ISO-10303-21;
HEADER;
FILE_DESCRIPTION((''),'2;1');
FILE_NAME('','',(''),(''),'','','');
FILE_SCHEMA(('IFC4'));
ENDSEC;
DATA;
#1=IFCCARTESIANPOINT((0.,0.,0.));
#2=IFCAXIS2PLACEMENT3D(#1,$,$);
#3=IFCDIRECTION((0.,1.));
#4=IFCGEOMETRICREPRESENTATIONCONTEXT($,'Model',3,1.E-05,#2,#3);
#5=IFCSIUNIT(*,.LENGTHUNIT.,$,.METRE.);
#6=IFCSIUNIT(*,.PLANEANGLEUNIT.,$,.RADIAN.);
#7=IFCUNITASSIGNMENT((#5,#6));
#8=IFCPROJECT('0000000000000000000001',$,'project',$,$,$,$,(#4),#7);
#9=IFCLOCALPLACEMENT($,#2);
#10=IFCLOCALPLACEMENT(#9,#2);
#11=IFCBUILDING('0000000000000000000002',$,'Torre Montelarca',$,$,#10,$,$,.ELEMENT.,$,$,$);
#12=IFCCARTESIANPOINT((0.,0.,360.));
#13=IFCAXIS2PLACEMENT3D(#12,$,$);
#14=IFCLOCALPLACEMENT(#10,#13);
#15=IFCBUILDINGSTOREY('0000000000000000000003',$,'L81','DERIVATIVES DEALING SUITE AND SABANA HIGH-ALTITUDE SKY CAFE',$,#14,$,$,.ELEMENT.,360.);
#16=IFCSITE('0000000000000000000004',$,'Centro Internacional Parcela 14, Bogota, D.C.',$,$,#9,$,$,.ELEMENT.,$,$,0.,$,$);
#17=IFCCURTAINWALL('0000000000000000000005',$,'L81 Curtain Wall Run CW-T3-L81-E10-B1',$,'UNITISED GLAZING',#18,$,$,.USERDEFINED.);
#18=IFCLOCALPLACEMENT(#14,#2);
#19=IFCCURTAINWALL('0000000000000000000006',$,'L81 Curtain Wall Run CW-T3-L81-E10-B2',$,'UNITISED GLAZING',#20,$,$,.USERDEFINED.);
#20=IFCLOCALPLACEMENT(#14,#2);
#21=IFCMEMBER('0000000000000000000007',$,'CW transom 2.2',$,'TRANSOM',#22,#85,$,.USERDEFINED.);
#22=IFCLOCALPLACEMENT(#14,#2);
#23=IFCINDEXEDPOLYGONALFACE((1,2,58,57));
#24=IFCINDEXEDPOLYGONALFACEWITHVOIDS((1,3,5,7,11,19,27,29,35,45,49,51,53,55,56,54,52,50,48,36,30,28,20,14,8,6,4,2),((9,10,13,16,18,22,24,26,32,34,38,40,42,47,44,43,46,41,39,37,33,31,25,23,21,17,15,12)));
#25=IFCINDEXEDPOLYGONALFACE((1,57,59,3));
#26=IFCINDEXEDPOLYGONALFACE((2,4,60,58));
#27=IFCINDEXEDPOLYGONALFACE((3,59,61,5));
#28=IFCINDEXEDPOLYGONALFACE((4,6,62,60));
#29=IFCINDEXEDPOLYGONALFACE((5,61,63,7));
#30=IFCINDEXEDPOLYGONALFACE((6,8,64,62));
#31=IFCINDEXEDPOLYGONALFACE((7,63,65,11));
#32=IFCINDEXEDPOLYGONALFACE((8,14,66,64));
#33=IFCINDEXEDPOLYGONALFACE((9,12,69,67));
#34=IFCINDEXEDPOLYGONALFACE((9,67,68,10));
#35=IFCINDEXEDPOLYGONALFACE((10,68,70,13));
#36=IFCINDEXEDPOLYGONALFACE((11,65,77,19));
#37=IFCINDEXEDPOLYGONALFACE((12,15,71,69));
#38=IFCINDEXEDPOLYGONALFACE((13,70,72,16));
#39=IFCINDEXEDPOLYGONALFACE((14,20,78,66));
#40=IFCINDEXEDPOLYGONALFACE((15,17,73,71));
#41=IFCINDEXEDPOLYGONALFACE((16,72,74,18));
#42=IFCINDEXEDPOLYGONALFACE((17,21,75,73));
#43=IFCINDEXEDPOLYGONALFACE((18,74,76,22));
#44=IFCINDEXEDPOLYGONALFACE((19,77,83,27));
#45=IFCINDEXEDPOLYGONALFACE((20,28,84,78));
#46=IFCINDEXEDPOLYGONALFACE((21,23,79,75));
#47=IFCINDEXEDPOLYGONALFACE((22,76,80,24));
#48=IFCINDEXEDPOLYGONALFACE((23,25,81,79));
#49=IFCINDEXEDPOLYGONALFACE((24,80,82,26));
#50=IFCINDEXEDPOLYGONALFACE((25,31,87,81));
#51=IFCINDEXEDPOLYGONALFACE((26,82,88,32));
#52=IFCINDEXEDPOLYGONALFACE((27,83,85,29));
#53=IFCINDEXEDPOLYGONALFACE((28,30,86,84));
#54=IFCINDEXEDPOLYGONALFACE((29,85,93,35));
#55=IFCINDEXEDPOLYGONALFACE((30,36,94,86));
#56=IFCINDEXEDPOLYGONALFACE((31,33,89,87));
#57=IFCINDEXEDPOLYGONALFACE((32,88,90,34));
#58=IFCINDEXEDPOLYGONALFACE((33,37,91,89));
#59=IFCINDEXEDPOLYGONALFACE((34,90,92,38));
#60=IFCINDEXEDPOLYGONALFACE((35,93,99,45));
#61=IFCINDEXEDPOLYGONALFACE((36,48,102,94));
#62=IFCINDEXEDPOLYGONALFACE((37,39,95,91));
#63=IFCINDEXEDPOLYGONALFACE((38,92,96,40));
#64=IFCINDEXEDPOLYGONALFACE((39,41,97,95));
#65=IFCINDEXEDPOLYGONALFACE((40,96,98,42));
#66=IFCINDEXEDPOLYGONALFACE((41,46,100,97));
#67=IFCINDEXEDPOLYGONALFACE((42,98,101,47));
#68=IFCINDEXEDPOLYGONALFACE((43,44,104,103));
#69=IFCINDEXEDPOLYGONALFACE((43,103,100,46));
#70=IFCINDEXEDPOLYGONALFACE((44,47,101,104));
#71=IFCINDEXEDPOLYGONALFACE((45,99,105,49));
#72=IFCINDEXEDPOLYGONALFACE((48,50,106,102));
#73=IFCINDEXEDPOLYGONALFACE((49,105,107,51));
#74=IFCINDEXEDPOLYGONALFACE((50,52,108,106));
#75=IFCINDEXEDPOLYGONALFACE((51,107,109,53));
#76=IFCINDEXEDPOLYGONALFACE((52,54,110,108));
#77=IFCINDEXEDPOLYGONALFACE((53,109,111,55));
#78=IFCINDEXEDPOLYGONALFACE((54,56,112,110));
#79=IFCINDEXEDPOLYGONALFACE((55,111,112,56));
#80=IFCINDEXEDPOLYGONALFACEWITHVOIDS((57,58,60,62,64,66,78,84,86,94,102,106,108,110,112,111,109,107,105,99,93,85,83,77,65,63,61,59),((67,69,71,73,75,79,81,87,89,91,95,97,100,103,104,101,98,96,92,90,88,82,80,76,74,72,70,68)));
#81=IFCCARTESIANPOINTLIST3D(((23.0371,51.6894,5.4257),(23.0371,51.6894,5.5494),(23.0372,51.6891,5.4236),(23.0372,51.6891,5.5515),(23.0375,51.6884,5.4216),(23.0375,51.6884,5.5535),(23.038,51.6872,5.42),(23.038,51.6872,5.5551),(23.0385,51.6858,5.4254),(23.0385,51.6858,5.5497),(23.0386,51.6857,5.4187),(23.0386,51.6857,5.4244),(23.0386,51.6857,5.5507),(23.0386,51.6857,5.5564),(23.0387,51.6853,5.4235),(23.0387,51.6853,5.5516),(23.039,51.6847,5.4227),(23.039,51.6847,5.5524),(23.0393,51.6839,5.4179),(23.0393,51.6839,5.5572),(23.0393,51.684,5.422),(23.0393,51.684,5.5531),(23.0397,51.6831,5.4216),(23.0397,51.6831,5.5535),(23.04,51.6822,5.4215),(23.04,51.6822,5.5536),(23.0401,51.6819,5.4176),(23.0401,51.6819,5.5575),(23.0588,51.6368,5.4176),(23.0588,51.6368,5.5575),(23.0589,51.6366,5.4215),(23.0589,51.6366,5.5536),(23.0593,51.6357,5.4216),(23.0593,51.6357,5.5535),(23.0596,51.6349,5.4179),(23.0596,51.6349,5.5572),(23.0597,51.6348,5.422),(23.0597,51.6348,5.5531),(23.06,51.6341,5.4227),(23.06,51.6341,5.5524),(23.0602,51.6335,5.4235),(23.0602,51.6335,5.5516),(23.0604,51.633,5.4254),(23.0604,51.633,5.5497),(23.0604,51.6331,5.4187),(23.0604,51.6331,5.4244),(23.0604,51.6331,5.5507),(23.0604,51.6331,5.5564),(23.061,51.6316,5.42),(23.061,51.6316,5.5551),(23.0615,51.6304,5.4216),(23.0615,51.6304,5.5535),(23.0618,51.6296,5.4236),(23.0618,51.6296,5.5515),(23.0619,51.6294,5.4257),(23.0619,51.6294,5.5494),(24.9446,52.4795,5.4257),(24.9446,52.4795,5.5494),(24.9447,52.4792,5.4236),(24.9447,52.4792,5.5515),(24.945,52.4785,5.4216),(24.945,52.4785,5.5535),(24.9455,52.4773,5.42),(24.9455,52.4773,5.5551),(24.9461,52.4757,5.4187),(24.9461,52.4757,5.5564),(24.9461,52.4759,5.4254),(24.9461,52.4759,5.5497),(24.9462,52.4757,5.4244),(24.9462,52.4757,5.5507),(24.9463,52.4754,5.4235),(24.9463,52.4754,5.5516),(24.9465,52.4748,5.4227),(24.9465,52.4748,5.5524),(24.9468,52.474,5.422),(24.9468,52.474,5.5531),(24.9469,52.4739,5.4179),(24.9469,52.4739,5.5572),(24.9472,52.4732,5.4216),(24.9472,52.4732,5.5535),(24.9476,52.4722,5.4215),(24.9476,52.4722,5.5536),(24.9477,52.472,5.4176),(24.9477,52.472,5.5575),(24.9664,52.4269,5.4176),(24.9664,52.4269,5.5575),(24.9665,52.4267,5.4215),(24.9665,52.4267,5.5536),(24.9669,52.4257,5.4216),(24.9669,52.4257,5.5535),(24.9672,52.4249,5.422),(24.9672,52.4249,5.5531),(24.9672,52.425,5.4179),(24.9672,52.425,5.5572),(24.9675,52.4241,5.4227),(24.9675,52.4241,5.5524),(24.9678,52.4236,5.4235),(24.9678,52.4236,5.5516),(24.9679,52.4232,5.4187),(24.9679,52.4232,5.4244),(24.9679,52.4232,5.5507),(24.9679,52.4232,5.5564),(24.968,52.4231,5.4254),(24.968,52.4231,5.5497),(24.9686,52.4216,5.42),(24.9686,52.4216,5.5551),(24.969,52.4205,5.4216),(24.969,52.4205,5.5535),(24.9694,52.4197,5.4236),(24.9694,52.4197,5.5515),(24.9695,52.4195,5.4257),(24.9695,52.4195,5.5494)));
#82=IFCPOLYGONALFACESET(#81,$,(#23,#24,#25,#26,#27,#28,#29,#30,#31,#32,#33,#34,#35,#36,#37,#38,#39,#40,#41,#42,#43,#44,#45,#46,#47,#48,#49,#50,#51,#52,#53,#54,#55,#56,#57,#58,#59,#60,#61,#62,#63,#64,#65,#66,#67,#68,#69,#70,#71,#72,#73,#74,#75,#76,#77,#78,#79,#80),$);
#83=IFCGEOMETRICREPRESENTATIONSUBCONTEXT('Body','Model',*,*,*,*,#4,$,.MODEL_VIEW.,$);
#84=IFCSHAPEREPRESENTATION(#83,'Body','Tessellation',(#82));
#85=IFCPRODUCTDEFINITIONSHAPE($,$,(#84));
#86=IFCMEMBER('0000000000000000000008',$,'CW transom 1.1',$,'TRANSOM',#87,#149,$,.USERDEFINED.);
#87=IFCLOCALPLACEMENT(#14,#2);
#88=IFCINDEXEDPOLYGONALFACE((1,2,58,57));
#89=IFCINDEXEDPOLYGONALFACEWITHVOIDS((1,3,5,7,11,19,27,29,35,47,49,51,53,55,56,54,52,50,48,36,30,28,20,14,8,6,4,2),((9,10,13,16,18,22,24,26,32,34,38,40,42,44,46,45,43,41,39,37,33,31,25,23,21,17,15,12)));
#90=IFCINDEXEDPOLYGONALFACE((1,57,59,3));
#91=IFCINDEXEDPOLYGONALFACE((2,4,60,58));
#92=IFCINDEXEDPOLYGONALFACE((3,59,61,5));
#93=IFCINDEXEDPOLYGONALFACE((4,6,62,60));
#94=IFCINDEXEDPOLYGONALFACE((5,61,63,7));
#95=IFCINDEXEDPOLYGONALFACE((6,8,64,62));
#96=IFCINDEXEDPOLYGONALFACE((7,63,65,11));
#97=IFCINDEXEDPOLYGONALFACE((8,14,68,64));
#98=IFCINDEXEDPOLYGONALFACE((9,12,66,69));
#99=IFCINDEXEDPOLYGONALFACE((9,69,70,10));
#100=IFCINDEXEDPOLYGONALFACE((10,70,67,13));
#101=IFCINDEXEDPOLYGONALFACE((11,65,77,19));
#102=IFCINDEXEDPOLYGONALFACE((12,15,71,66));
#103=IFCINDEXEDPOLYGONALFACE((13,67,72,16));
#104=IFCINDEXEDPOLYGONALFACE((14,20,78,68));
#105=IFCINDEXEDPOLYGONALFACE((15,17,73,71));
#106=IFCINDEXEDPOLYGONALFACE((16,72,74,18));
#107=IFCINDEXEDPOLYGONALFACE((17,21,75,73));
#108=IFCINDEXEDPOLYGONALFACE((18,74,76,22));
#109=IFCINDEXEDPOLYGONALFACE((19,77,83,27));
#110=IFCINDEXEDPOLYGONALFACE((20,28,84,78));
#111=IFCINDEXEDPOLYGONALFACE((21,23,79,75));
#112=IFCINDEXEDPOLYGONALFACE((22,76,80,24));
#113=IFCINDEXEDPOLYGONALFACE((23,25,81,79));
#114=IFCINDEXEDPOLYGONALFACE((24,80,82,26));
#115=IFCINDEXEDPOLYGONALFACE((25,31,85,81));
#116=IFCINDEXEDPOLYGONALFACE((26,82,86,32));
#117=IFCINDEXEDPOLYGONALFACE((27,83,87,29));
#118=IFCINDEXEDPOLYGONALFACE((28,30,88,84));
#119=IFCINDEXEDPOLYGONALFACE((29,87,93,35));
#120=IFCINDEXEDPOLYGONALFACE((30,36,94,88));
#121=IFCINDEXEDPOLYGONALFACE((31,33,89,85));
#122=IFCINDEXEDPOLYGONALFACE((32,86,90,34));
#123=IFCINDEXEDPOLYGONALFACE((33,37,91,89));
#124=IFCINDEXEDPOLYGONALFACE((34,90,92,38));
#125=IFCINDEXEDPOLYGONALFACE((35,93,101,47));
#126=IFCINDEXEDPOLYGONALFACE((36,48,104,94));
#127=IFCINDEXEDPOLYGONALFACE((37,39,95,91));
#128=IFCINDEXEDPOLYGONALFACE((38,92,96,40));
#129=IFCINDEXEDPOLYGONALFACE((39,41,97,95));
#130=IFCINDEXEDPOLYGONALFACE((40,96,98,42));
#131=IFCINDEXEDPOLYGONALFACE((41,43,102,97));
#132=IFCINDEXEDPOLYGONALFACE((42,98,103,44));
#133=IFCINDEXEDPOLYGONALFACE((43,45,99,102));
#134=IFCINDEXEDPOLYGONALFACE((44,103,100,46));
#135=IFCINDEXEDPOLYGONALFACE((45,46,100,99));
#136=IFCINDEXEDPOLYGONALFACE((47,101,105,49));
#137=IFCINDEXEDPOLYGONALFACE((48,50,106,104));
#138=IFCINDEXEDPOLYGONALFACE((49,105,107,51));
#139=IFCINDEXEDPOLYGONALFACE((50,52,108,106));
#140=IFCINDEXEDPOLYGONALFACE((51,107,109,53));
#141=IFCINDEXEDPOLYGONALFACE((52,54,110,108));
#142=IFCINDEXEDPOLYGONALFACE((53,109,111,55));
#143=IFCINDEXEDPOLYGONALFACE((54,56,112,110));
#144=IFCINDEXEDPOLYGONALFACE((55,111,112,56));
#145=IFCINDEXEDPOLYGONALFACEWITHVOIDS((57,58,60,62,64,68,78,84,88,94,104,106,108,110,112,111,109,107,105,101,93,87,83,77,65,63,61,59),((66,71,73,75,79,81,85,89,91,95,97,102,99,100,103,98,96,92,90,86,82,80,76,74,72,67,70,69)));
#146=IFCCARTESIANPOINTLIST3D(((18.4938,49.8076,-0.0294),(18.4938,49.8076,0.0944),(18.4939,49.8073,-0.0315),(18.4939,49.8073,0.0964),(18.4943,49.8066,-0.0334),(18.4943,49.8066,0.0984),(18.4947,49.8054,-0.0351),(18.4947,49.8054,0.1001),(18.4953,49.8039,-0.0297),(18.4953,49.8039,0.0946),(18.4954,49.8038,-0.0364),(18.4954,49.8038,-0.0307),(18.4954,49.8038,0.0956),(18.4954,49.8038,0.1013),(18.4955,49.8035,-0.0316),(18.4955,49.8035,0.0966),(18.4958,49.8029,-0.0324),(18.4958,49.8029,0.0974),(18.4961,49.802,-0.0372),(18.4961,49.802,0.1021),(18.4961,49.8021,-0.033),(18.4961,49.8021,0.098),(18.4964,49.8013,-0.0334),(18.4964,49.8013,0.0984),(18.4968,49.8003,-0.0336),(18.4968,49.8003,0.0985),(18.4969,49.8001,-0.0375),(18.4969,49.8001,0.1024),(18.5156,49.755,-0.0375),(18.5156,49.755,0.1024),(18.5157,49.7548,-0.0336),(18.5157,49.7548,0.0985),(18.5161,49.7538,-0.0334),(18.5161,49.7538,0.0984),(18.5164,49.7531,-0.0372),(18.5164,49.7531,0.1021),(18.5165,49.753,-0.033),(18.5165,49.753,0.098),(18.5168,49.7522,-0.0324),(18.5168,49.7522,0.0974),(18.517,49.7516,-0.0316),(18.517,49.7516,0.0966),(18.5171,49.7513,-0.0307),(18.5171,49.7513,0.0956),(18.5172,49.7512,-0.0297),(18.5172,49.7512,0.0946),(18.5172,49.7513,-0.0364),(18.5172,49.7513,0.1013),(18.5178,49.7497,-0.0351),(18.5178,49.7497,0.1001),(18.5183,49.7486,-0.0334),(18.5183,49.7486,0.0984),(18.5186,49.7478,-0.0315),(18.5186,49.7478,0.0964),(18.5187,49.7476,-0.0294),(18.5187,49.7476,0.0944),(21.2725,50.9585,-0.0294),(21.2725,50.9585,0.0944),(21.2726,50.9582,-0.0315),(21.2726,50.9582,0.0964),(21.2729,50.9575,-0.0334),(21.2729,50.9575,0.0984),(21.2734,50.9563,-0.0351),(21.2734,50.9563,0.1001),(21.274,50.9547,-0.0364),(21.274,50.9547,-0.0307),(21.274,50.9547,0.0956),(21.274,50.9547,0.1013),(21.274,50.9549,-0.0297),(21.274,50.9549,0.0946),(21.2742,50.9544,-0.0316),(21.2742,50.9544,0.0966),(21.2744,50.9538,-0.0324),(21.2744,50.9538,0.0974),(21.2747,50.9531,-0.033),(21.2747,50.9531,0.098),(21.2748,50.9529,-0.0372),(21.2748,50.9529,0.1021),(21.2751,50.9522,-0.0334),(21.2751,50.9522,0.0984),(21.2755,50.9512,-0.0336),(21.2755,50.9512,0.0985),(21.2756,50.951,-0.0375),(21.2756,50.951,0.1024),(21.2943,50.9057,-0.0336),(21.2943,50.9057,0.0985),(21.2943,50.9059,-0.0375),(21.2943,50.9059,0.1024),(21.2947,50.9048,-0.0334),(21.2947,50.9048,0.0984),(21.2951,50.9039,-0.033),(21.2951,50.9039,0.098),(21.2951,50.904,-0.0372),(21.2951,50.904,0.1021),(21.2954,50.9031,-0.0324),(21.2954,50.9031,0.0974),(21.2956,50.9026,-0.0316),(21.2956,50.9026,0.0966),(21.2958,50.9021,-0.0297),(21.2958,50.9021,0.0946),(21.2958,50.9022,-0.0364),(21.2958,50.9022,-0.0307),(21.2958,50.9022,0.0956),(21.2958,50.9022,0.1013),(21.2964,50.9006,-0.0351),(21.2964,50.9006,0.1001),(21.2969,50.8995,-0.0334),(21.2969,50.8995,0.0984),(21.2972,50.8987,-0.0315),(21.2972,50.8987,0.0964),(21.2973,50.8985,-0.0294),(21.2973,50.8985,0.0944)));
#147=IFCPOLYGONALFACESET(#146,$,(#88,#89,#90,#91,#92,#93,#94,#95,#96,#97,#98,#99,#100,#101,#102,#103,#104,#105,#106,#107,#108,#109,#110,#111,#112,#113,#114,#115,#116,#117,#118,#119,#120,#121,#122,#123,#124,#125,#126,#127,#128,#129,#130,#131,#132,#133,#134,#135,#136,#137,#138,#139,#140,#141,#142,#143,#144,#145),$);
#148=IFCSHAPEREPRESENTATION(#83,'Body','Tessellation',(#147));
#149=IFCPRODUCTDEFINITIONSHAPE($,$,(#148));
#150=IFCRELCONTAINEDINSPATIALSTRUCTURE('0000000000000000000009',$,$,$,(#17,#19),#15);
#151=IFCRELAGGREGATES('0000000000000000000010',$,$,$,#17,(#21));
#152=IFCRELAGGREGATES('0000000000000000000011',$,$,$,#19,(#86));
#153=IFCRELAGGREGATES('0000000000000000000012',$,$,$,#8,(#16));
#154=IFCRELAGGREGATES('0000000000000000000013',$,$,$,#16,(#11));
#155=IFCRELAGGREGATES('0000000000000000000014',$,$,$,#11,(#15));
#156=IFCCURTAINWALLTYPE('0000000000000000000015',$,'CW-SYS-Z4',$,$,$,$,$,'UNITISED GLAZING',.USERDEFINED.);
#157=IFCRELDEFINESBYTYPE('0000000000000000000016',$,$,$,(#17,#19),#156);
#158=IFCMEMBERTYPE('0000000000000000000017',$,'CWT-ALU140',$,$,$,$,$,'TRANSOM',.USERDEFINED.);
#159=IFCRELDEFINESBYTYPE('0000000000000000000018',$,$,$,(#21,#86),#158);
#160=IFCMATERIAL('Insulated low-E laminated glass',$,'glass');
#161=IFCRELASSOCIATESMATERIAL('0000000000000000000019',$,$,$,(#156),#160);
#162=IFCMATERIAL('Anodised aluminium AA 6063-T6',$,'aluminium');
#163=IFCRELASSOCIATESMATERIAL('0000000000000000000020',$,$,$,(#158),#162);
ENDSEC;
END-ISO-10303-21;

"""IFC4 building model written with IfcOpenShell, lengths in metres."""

from ifc_helpers import new_model, si_unit, direction, frame, origin, origin_2d, place, context, subcontext, project, spatial, hollow_rectangle, extrude, source, transform, mapped, material, material_profile, profile_set, type_object, element, aggregate, save


model = new_model("IFC4")

# Units and contexts
model_context = context("Model", 3, precision=1e-05, world=origin(), true_north=direction((0.0, 1.0)))
body_context = subcontext(model_context, "Body", "Model", "MODEL_VIEW")
ifc_project = project(units=[si_unit("LENGTHUNIT", "METRE"), si_unit("PLANEANGLEUNIT", "RADIAN")], contexts=[model_context])

# Site, building, storey
site_placement = place(None, origin())
site = spatial("IfcSite", under=ifc_project, at=site_placement, Name="Centro Internacional Parcela 14, Bogota, D.C.", CompositionType="ELEMENT", RefElevation=0.0)
building_placement = place(site_placement, origin())
building = spatial("IfcBuilding", under=site, at=building_placement, Name="Torre Montelarca", CompositionType="ELEMENT")
storey_placement = place(building_placement, frame((0.0, 0.0, 360.0)))
storey = spatial("IfcBuildingStorey", under=building, at=storey_placement, Name="L81", Description="DERIVATIVES DEALING SUITE AND SABANA HIGH-ALTITUDE SKY CAFE", CompositionType="ELEMENT", Elevation=360.0)

# Curtain walls
ifc_material_1 = material(Name="Insulated low-E laminated glass", Category="glass")
curtain_wall_type = type_object("IfcCurtainWallType", Name="CW-SYS-Z4", ElementType="UNITISED GLAZING", PredefinedType="USERDEFINED", material=ifc_material_1)
curtain_wall_1_placement = place(storey_placement, origin())
curtain_wall_1 = element("IfcCurtainWall", 1, at=curtain_wall_1_placement, inside=storey, type_object=curtain_wall_type, Name="L81 Curtain Wall Run CW-T3-L81-E10-B1", ObjectType="UNITISED GLAZING", PredefinedType="USERDEFINED")
ifc_material_2 = material(Name="Anodised aluminium AA 6063-T6", Category="aluminium")
curtain_wall_2_placement = place(storey_placement, origin())
curtain_wall_2 = element("IfcCurtainWall", 2, at=curtain_wall_2_placement, inside=storey, type_object=curtain_wall_type, Name="L81 Curtain Wall Run CW-T3-L81-E10-B2", ObjectType="UNITISED GLAZING", PredefinedType="USERDEFINED")

# Members
ifc_material_profile_1 = material_profile(ifc_material_2, hollow_rectangle(XDim=0.0649, YDim=0.1399, WallThickness=0.0039, InnerFilletRadius=0.0039, OuterFilletRadius=0.0081, at=origin_2d()), Name="ALU65X140X4", Category="aluminium")
ifc_profile_set_1 = profile_set([ifc_material_profile_1], Name="Anodised aluminium AA 6063-T6")
member_type_1 = type_object("IfcMemberType", Name="CWT-ALU140", ElementType="TRANSOM", PredefinedType="USERDEFINED", material=ifc_profile_set_1)
shared_shape_1 = source(origin(), body_context, "Body", "SweptSolid", [
    extrude(hollow_rectangle(XDim=0.0649, YDim=0.1399, WallThickness=0.0039, InnerFilletRadius=0.0039, OuterFilletRadius=0.0081, at=origin_2d()), origin(), (0.0, 0.0, 1.0), 2.0647),
])
member_1_placement = place(storey_placement, frame((24.957, 52.4495, 5.4875), z_axis=(-0.92389, -0.382658, 0.0), x_axis=(0.382658, -0.92389, 0.0)))
member_1 = element("IfcMember", 3, at=member_1_placement, type_object=member_type_1, Name="CW transom 2.2", ObjectType="TRANSOM", PredefinedType="USERDEFINED", context=body_context, shape_type="MappedRepresentation", body=[
    mapped(shared_shape_1, transform((0.0, 0.0, 0.0), scale=1.0)),
])
shared_shape_2 = source(origin(), body_context, "Body", "SweptSolid", [
    extrude(hollow_rectangle(XDim=0.0649, YDim=0.1399, WallThickness=0.0039, InnerFilletRadius=0.0039, OuterFilletRadius=0.0081, at=origin_2d()), origin(), (0.0, 0.0, 1.0), 3.0076),
])
member_2_placement = place(storey_placement, frame((21.2849, 50.9285, 0.0325), z_axis=(-0.923884, -0.382672, 0.0), x_axis=(0.382672, -0.923884, 0.0)))
member_2 = element("IfcMember", 4, at=member_2_placement, type_object=member_type_1, Name="CW transom 1.1", ObjectType="TRANSOM", PredefinedType="USERDEFINED", context=body_context, shape_type="MappedRepresentation", body=[
    mapped(shared_shape_2, transform((0.0, 0.0, 0.0), scale=1.0)),
])

aggregate(curtain_wall_1, [member_1])
aggregate(curtain_wall_2, [member_2])

save(model, "model.ifc")
